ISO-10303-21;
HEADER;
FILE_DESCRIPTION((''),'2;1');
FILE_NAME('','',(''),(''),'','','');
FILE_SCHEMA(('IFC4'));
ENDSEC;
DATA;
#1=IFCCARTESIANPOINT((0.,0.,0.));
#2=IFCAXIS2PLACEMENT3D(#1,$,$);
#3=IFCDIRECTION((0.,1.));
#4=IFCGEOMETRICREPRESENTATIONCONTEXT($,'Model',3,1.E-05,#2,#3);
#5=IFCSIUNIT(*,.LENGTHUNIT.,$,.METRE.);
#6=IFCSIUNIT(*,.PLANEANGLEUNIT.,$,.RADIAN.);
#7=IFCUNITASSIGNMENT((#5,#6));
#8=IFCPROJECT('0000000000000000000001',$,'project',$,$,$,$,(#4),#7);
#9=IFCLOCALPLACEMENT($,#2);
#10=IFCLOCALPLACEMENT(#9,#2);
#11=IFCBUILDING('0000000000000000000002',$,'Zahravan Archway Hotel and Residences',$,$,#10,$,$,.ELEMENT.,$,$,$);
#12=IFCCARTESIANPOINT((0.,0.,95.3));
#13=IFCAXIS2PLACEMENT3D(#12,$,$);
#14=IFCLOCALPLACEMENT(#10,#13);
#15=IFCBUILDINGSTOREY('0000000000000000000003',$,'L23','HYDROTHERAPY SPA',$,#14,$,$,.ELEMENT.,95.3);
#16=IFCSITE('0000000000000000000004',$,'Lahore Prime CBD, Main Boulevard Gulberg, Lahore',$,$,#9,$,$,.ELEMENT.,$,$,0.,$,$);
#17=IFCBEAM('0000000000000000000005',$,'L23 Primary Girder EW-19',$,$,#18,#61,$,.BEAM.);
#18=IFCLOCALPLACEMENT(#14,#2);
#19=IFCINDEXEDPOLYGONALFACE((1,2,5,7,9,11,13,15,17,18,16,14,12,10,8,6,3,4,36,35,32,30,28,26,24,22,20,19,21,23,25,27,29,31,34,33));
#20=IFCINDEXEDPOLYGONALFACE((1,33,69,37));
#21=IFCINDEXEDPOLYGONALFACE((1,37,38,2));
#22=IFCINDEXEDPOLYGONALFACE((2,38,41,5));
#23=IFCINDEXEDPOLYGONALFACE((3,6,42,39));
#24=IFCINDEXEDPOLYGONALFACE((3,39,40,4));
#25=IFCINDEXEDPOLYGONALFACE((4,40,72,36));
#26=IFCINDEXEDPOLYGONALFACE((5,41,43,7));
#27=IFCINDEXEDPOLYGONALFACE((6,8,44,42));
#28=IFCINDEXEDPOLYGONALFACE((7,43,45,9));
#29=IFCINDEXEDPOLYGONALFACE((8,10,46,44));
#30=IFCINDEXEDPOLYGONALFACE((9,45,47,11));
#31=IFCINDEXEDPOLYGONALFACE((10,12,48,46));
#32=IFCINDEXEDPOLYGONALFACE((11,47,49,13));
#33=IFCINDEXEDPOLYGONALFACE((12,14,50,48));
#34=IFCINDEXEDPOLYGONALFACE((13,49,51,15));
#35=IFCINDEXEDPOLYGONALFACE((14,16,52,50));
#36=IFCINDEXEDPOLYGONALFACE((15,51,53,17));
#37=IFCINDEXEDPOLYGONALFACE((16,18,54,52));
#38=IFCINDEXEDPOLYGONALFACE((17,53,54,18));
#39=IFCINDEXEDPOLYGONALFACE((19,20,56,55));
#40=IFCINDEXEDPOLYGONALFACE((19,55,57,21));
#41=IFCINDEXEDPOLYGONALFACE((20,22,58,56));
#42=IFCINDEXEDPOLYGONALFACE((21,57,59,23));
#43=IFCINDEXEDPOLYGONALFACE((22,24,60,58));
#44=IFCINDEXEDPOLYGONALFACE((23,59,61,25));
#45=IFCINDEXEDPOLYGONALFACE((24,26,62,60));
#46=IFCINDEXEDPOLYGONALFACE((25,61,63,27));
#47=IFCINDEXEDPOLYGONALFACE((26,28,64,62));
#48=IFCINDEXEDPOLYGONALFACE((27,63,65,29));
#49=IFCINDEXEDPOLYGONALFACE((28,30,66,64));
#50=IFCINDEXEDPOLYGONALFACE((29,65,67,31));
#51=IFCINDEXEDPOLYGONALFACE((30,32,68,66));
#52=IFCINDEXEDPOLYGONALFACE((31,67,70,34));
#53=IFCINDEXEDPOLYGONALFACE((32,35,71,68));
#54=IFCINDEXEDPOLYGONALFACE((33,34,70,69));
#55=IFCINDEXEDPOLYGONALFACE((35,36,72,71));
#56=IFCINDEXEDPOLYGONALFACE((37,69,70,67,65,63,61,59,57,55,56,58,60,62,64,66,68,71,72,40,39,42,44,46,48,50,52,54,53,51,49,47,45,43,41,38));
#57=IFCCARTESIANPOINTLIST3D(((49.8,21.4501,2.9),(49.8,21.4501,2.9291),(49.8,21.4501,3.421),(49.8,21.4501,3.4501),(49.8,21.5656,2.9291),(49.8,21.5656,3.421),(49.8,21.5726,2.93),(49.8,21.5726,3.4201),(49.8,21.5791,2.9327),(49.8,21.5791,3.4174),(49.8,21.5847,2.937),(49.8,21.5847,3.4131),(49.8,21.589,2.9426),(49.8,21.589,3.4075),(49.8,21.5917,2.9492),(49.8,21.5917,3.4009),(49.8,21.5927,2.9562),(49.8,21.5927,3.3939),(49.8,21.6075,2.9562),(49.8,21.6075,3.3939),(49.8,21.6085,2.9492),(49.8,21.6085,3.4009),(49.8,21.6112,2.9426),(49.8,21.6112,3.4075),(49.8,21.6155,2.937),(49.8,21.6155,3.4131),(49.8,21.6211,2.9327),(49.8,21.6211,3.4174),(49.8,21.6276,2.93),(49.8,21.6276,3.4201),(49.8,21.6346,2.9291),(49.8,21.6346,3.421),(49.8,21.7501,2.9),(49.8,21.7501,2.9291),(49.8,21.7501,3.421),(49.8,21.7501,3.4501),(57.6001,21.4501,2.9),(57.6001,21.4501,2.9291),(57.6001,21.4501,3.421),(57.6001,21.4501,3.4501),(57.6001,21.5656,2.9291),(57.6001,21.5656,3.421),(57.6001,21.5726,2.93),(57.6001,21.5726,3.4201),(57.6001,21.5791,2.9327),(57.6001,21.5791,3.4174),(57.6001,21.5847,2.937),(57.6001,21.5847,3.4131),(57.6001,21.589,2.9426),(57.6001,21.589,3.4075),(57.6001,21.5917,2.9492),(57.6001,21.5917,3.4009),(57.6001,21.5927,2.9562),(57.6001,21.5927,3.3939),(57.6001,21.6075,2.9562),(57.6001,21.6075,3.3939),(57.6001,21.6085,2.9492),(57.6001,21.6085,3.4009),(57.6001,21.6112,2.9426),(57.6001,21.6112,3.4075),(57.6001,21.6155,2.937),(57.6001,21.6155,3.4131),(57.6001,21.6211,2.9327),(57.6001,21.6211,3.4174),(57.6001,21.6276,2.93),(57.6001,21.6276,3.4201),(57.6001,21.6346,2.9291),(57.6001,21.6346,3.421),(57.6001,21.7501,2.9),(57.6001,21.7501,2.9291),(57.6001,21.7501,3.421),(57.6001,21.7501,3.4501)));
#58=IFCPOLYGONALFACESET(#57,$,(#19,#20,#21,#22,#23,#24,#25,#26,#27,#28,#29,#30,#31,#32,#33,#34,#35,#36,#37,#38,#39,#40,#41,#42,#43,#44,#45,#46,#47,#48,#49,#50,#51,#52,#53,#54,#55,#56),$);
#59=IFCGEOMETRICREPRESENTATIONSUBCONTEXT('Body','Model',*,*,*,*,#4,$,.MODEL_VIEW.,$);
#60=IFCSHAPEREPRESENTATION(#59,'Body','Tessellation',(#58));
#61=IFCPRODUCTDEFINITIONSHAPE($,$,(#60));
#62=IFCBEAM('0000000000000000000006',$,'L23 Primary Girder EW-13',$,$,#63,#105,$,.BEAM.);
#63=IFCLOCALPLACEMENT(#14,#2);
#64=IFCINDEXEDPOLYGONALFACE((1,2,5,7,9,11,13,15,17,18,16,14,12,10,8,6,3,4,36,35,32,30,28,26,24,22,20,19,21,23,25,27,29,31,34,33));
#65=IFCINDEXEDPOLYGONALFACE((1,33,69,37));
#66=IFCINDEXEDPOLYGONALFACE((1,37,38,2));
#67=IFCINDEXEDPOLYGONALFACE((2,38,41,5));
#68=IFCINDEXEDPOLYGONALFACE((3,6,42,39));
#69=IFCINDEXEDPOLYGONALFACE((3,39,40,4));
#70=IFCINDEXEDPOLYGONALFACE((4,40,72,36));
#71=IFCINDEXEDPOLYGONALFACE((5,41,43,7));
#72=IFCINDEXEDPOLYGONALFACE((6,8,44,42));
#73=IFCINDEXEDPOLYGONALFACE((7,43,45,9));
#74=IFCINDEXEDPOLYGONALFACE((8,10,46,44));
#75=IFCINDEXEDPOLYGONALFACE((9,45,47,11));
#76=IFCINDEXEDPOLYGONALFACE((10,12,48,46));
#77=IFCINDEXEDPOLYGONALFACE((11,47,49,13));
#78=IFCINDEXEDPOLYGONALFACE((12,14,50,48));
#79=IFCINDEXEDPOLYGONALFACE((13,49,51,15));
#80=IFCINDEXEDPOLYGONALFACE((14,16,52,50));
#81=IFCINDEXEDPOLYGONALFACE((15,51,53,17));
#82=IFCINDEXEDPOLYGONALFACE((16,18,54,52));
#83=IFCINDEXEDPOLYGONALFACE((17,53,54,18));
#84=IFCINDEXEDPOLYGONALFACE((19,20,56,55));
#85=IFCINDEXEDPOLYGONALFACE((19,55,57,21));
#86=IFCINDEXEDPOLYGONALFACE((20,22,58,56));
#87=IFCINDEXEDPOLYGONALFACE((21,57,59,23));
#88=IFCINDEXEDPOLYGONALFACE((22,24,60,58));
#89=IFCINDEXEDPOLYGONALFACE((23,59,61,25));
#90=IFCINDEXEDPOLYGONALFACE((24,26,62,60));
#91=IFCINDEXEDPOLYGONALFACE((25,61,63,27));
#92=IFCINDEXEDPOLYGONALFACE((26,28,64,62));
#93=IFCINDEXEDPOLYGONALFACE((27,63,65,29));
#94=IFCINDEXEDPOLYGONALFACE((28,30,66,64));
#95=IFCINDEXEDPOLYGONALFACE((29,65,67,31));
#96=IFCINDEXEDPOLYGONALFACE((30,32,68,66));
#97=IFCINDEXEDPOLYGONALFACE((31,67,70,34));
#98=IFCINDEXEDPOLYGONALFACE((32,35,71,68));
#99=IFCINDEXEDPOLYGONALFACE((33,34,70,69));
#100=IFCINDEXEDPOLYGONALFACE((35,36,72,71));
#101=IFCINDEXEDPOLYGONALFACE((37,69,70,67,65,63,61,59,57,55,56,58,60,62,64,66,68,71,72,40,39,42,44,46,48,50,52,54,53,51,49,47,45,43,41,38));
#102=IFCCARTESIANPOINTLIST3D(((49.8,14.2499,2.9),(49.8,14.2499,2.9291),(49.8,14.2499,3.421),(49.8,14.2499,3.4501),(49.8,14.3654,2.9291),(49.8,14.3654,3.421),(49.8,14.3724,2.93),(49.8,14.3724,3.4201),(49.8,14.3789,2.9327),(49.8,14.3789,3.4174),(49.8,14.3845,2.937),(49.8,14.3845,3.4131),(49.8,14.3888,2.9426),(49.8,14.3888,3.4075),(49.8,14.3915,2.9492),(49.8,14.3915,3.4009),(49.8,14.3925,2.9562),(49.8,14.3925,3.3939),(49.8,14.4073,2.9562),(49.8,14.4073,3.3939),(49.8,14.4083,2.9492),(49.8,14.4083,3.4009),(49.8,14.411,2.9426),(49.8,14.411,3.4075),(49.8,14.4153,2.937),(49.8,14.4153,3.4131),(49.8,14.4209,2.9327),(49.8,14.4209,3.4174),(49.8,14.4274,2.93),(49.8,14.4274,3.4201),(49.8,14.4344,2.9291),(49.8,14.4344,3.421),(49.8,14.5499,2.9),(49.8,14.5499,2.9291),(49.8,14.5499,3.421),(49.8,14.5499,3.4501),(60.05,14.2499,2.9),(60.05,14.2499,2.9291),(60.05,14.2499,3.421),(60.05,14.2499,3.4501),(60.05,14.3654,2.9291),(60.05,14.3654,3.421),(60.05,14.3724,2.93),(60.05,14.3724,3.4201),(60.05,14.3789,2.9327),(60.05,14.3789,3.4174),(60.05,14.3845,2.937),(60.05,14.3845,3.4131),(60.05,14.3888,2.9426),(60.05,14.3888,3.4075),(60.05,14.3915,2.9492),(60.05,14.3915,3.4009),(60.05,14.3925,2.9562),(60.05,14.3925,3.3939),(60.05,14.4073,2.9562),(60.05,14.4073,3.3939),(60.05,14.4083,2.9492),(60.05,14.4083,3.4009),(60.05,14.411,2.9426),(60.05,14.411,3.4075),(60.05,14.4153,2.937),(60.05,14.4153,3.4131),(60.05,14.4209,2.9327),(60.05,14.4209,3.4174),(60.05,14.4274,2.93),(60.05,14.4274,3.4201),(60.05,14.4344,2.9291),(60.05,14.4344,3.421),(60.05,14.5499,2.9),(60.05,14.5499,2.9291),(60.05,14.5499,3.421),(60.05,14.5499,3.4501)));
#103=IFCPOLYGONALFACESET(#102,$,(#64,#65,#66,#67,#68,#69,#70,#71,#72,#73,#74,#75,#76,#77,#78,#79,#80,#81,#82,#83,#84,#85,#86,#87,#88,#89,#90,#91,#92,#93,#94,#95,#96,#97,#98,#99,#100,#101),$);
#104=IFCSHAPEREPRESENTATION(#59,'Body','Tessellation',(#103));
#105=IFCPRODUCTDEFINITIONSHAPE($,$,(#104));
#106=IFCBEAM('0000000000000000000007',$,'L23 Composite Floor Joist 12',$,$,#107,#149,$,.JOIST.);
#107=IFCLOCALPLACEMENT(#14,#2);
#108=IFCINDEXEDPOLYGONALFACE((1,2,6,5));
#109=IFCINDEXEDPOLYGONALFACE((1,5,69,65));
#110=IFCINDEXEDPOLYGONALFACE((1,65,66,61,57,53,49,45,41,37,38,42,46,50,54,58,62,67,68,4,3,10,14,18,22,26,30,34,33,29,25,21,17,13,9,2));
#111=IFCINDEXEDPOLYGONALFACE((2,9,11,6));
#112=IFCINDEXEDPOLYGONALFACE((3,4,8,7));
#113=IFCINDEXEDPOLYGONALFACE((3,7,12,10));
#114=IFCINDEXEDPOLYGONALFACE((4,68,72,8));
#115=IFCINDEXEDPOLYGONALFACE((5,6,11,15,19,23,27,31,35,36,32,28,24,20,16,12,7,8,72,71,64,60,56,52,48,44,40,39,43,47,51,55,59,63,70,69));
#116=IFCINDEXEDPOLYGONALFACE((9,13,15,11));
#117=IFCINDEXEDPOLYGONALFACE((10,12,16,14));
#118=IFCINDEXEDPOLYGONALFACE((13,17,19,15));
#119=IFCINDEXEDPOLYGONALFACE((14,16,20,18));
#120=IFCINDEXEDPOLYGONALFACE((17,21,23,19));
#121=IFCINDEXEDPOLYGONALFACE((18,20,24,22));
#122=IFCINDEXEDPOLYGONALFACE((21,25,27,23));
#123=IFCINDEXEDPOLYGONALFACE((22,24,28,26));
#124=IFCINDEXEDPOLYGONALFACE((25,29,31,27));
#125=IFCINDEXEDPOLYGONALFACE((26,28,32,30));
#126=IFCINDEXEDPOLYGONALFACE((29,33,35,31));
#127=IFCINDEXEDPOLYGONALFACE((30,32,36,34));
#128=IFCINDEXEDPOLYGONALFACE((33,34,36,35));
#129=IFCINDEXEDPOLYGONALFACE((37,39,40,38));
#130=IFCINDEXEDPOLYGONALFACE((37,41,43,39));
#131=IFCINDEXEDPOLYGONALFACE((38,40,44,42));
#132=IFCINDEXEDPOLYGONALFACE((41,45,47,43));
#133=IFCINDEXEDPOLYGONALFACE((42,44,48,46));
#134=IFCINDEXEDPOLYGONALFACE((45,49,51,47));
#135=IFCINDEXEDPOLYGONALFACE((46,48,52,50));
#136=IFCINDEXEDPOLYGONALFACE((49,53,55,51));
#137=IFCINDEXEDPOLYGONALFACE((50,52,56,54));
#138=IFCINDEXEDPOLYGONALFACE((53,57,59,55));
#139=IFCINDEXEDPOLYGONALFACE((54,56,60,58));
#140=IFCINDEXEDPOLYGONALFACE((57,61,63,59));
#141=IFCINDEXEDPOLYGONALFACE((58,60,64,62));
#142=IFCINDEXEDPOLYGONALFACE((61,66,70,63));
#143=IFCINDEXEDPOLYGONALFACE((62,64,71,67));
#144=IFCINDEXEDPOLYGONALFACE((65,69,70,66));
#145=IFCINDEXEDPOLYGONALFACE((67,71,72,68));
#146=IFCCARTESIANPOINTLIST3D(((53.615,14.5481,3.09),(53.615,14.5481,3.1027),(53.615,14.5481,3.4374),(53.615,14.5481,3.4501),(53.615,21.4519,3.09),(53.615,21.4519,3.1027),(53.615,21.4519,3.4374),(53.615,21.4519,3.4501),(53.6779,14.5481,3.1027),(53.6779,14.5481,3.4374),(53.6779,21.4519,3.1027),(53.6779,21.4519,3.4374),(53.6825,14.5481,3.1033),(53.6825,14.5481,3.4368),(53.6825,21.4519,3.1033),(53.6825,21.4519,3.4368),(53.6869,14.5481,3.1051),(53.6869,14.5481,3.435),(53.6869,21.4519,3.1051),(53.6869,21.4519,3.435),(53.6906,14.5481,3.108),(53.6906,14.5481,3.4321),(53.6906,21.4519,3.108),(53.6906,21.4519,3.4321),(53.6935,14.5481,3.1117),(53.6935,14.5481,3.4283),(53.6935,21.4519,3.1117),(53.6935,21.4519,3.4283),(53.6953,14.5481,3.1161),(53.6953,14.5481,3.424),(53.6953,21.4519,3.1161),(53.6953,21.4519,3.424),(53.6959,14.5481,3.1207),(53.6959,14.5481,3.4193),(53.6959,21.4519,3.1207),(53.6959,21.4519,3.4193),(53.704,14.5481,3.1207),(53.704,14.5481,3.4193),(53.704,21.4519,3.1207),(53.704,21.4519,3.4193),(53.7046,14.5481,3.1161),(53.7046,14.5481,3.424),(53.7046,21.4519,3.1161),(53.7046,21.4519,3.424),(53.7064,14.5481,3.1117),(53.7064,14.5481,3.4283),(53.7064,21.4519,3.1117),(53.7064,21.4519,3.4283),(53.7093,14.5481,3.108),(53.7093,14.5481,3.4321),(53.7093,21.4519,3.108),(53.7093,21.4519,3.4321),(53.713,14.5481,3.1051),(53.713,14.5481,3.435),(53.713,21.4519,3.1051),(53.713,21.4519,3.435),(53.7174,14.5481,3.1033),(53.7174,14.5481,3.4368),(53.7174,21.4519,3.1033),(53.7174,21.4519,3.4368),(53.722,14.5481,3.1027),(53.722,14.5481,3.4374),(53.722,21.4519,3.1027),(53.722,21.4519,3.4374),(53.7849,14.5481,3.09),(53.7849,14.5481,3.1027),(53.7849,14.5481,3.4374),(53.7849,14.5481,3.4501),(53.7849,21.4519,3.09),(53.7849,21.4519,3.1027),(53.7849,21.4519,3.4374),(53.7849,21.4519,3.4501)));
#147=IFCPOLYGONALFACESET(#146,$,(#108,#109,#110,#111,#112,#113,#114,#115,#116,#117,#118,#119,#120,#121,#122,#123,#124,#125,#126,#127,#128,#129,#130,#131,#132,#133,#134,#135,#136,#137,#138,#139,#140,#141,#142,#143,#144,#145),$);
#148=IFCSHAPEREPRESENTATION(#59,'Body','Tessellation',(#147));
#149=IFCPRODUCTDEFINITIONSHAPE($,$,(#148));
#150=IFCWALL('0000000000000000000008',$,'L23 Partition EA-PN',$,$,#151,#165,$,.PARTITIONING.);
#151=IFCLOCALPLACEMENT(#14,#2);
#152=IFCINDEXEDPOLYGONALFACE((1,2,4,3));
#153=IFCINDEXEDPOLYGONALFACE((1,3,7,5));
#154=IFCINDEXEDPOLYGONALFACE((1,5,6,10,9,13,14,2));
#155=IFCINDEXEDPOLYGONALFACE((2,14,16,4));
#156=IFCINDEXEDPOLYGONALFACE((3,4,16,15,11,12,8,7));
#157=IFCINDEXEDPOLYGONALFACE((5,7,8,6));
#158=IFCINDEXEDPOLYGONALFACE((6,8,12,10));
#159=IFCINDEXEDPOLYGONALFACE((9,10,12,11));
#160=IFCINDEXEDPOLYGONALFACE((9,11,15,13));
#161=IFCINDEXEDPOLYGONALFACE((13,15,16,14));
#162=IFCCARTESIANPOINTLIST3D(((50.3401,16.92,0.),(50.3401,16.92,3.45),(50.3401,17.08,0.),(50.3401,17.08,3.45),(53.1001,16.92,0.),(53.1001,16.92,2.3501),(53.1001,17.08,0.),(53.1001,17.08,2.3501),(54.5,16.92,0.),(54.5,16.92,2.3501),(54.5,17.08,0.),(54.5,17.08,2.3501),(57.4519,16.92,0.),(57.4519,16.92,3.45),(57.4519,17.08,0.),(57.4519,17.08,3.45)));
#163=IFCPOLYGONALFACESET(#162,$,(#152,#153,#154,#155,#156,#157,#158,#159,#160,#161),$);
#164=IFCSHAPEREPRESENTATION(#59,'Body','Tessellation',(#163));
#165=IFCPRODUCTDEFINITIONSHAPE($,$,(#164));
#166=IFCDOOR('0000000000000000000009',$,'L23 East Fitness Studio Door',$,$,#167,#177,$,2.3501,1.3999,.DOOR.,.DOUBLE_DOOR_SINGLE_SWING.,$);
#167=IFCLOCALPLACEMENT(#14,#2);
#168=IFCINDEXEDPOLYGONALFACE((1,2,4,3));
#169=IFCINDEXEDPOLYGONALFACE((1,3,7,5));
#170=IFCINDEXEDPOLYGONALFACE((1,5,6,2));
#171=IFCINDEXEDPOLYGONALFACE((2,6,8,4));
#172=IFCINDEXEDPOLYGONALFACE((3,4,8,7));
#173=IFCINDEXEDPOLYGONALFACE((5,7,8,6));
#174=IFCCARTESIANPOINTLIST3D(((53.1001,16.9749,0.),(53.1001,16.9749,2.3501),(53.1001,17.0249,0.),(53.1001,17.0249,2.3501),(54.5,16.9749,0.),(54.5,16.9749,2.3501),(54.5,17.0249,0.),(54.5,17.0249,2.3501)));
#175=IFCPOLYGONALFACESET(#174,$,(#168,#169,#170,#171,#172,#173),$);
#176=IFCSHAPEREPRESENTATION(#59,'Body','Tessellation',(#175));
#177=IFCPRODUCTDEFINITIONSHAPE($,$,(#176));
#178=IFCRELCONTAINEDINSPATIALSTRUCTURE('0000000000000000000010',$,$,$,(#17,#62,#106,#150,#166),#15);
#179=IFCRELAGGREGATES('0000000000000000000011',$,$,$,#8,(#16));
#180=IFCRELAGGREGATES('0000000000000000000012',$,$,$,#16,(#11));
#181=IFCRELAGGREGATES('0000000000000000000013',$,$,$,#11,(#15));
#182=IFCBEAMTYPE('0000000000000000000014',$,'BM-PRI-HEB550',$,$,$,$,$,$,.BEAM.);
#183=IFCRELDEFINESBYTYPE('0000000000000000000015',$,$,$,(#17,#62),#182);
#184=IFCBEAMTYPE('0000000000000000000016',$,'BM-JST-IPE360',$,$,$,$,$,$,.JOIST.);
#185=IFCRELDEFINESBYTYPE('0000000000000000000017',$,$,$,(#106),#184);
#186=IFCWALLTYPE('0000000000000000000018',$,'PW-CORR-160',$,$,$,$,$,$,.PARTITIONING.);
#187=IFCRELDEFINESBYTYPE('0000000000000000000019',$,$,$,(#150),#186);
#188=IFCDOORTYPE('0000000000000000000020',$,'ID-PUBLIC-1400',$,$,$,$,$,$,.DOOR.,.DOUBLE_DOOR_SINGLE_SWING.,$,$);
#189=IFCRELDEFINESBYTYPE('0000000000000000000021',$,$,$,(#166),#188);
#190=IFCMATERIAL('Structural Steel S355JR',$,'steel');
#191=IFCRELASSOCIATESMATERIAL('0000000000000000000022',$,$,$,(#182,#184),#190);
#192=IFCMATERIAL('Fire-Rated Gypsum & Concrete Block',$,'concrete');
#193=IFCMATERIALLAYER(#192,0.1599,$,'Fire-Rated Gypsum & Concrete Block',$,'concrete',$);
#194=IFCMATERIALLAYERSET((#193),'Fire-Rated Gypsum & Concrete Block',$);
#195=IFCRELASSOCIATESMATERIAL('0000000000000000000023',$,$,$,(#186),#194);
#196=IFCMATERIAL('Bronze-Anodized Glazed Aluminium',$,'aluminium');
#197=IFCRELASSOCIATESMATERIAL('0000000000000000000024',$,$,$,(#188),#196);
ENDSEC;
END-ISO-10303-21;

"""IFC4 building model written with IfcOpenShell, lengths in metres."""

from ifc_helpers import new_model, si_unit, direction, frame, frame_2d, origin, origin_2d, place, context, subcontext, project, spatial, rectangle, i_section, extrude, source, transform, mapped, material, layer, layer_set, material_profile, profile_set, type_object, type_shapes, element, fill, save


model = new_model("IFC4")

# Units and contexts
model_context = context("Model", 3, precision=1e-05, world=origin(), true_north=direction((0.0, 1.0)))
body_context = subcontext(model_context, "Body", "Model", "MODEL_VIEW")
ifc_project = project(units=[si_unit("LENGTHUNIT", "METRE"), si_unit("PLANEANGLEUNIT", "RADIAN")], contexts=[model_context])

# Site, building, storey
site_placement = place(None, origin())
site = spatial("IfcSite", under=ifc_project, at=site_placement, Name="Lahore Prime CBD, Main Boulevard Gulberg, Lahore", CompositionType="ELEMENT", RefElevation=0.0)
building_placement = place(site_placement, origin())
building = spatial("IfcBuilding", under=site, at=building_placement, Name="Zahravan Archway Hotel and Residences", CompositionType="ELEMENT")
storey_placement = place(building_placement, frame((0.0, 0.0, 95.3)))
storey = spatial("IfcBuildingStorey", under=building, at=storey_placement, Name="L23", Description="HYDROTHERAPY SPA", CompositionType="ELEMENT", Elevation=95.3)

# Beams
ifc_material_1 = material(Name="Structural Steel S355JR", Category="steel")
ifc_material_profile_1 = material_profile(ifc_material_1, i_section(OverallWidth=0.3, OverallDepth=0.55, WebThickness=0.0149, FlangeThickness=0.0291, FilletRadius=0.0271, at=origin_2d()), Name="HEB 550", Category="steel")
ifc_profile_set_1 = profile_set([ifc_material_profile_1], Name="Structural Steel S355JR")
beam_type_1 = type_object("IfcBeamType", Name="BM-PRI-HEB550", PredefinedType="BEAM", material=ifc_profile_set_1)
shared_shape_1 = source(origin(), body_context, "Body", "SweptSolid", [
    extrude(i_section(OverallWidth=0.3, OverallDepth=0.55, WebThickness=0.0149, FlangeThickness=0.0291, FilletRadius=0.0271, at=origin_2d()), origin(), (0.0, 0.0, 1.0), 7.8),
])
for number, where, z_axis, x_axis, name in (
    (1, (49.8, 21.6001, 3.175), (1.0, 0.0, 0.0), (0.0, 1.0, 0.0), "L23 Primary Girder EW-19"),
):
    element("IfcBeam", number, at=place(storey_placement, frame(where, z_axis=z_axis, x_axis=x_axis)), inside=storey, type_object=beam_type_1, Name=name, PredefinedType="BEAM", context=body_context, shape_type="MappedRepresentation", body=[
        mapped(shared_shape_1, transform((0.0, 0.0, 0.0), scale=1.0)),
    ])
shared_shape_2 = source(origin(), body_context, "Body", "SweptSolid", [
    extrude(i_section(OverallWidth=0.3, OverallDepth=0.55, WebThickness=0.0149, FlangeThickness=0.0291, FilletRadius=0.0271, at=origin_2d()), origin(), (0.0, 0.0, 1.0), 10.25),
])
beam_1_placement = place(storey_placement, frame((49.8, 14.3999, 3.175), z_axis=(1.0, 0.0, 0.0), x_axis=(0.0, 1.0, 0.0)))
element("IfcBeam", 2, at=beam_1_placement, inside=storey, type_object=beam_type_1, Name="L23 Primary Girder EW-13", PredefinedType="BEAM", context=body_context, shape_type="MappedRepresentation", body=[
    mapped(shared_shape_2, transform((0.0, 0.0, 0.0), scale=1.0)),
])
ifc_material_profile_2 = material_profile(ifc_material_1, i_section(OverallWidth=0.1699, OverallDepth=0.3601, WebThickness=0.0081, FlangeThickness=0.0127, FilletRadius=0.0181, at=origin_2d()), Name="IPE 360", Category="steel")
ifc_profile_set_2 = profile_set([ifc_material_profile_2], Name="Structural Steel S355JR")
beam_type_2 = type_object("IfcBeamType", Name="BM-JST-IPE360", PredefinedType="JOIST", material=ifc_profile_set_2)
shared_shape_3 = source(origin(), body_context, "Body", "SweptSolid", [
    extrude(i_section(OverallWidth=0.1699, OverallDepth=0.3601, WebThickness=0.0081, FlangeThickness=0.0127, FilletRadius=0.0181, at=origin_2d()), origin(), (0.0, 0.0, 1.0), 6.9038),
])
beam_2_placement = place(storey_placement, frame((53.7, 14.5481, 3.27), z_axis=(0.0, 1.0, 0.0), x_axis=(-1.0, 0.0, 0.0)))
element("IfcBeam", 3, at=beam_2_placement, inside=storey, type_object=beam_type_2, Name="L23 Composite Floor Joist 12", PredefinedType="JOIST", context=body_context, shape_type="MappedRepresentation", body=[
    mapped(shared_shape_3, transform((0.0, 0.0, 0.0), scale=1.0)),
])

# Wall, opening, door
ifc_material_2 = material(Name="Fire-Rated Gypsum & Concrete Block", Category="concrete")
ifc_layer_1 = layer(ifc_material_2, 0.1599, Name="Fire-Rated Gypsum & Concrete Block", Category="concrete")
ifc_layer_set_1 = layer_set([ifc_layer_1], Name="Fire-Rated Gypsum & Concrete Block")
wall_type_1 = type_object("IfcWallType", Name="PW-CORR-160", PredefinedType="PARTITIONING", material=ifc_layer_set_1)
wall_1_placement = place(storey_placement, frame((50.3401, 17.0, 0.0), z_axis=(0.0, 0.0, 1.0), x_axis=(1.0, 0.0, 0.0)))
wall_1 = element("IfcWall", 4, at=wall_1_placement, inside=storey, type_object=wall_type_1, Name="L23 Partition EA-PN", PredefinedType="PARTITIONING", context=body_context, shape_type="SweptSolid", body=[
    extrude(rectangle(XDim=7.1118, YDim=0.1599, at=frame_2d((3.5559, 0.0))), origin(), (0.0, 0.0, 1.0), 3.45),
])
opening_1_placement = place(wall_1_placement, frame((2.76, 0.0, 0.0)))
opening_1 = element("IfcOpeningElement", 5, at=opening_1_placement, cuts=wall_1, PredefinedType="OPENING", context=body_context, shape_type="SweptSolid", body=[
    extrude(rectangle(XDim=1.3999, YDim=2.3501, at=frame_2d((0.7, 1.175))), frame((0.0, 0.0898, 0.0), z_axis=(0.0, -1.0, 0.0), x_axis=(1.0, 0.0, 0.0)), (0.0, 0.0, 1.0), 0.1799),
])
ifc_material_3 = material(Name="Bronze-Anodized Glazed Aluminium", Category="aluminium")
door_type_1 = type_object("IfcDoorType", Name="ID-PUBLIC-1400", OperationType="DOUBLE_DOOR_SINGLE_SWING", PredefinedType="DOOR", material=ifc_material_3)
shared_shape_4 = source(origin(), body_context, "Body", "SweptSolid", [
    extrude(rectangle(XDim=1.3999, YDim=2.3501, at=frame_2d((0.7, 1.175))), frame((0.0, 0.0249, 0.0), z_axis=(0.0, -1.0, 0.0), x_axis=(1.0, 0.0, 0.0)), (0.0, 0.0, 1.0), 0.05),
])
type_shapes(door_type_1, [shared_shape_4])
door_1_placement = place(opening_1_placement, origin())
door_1 = element("IfcDoor", 6, at=door_1_placement, inside=storey, type_object=door_type_1, Name="L23 East Fitness Studio Door", OperationType="DOUBLE_DOOR_SINGLE_SWING", OverallHeight=2.3501, OverallWidth=1.3999, PredefinedType="DOOR", context=body_context, shape_type="MappedRepresentation", body=[
    mapped(shared_shape_4, transform((0.0, 0.0, 0.0), scale=1.0)),
])
fill(opening_1, door_1)

save(model, "model.ifc")
